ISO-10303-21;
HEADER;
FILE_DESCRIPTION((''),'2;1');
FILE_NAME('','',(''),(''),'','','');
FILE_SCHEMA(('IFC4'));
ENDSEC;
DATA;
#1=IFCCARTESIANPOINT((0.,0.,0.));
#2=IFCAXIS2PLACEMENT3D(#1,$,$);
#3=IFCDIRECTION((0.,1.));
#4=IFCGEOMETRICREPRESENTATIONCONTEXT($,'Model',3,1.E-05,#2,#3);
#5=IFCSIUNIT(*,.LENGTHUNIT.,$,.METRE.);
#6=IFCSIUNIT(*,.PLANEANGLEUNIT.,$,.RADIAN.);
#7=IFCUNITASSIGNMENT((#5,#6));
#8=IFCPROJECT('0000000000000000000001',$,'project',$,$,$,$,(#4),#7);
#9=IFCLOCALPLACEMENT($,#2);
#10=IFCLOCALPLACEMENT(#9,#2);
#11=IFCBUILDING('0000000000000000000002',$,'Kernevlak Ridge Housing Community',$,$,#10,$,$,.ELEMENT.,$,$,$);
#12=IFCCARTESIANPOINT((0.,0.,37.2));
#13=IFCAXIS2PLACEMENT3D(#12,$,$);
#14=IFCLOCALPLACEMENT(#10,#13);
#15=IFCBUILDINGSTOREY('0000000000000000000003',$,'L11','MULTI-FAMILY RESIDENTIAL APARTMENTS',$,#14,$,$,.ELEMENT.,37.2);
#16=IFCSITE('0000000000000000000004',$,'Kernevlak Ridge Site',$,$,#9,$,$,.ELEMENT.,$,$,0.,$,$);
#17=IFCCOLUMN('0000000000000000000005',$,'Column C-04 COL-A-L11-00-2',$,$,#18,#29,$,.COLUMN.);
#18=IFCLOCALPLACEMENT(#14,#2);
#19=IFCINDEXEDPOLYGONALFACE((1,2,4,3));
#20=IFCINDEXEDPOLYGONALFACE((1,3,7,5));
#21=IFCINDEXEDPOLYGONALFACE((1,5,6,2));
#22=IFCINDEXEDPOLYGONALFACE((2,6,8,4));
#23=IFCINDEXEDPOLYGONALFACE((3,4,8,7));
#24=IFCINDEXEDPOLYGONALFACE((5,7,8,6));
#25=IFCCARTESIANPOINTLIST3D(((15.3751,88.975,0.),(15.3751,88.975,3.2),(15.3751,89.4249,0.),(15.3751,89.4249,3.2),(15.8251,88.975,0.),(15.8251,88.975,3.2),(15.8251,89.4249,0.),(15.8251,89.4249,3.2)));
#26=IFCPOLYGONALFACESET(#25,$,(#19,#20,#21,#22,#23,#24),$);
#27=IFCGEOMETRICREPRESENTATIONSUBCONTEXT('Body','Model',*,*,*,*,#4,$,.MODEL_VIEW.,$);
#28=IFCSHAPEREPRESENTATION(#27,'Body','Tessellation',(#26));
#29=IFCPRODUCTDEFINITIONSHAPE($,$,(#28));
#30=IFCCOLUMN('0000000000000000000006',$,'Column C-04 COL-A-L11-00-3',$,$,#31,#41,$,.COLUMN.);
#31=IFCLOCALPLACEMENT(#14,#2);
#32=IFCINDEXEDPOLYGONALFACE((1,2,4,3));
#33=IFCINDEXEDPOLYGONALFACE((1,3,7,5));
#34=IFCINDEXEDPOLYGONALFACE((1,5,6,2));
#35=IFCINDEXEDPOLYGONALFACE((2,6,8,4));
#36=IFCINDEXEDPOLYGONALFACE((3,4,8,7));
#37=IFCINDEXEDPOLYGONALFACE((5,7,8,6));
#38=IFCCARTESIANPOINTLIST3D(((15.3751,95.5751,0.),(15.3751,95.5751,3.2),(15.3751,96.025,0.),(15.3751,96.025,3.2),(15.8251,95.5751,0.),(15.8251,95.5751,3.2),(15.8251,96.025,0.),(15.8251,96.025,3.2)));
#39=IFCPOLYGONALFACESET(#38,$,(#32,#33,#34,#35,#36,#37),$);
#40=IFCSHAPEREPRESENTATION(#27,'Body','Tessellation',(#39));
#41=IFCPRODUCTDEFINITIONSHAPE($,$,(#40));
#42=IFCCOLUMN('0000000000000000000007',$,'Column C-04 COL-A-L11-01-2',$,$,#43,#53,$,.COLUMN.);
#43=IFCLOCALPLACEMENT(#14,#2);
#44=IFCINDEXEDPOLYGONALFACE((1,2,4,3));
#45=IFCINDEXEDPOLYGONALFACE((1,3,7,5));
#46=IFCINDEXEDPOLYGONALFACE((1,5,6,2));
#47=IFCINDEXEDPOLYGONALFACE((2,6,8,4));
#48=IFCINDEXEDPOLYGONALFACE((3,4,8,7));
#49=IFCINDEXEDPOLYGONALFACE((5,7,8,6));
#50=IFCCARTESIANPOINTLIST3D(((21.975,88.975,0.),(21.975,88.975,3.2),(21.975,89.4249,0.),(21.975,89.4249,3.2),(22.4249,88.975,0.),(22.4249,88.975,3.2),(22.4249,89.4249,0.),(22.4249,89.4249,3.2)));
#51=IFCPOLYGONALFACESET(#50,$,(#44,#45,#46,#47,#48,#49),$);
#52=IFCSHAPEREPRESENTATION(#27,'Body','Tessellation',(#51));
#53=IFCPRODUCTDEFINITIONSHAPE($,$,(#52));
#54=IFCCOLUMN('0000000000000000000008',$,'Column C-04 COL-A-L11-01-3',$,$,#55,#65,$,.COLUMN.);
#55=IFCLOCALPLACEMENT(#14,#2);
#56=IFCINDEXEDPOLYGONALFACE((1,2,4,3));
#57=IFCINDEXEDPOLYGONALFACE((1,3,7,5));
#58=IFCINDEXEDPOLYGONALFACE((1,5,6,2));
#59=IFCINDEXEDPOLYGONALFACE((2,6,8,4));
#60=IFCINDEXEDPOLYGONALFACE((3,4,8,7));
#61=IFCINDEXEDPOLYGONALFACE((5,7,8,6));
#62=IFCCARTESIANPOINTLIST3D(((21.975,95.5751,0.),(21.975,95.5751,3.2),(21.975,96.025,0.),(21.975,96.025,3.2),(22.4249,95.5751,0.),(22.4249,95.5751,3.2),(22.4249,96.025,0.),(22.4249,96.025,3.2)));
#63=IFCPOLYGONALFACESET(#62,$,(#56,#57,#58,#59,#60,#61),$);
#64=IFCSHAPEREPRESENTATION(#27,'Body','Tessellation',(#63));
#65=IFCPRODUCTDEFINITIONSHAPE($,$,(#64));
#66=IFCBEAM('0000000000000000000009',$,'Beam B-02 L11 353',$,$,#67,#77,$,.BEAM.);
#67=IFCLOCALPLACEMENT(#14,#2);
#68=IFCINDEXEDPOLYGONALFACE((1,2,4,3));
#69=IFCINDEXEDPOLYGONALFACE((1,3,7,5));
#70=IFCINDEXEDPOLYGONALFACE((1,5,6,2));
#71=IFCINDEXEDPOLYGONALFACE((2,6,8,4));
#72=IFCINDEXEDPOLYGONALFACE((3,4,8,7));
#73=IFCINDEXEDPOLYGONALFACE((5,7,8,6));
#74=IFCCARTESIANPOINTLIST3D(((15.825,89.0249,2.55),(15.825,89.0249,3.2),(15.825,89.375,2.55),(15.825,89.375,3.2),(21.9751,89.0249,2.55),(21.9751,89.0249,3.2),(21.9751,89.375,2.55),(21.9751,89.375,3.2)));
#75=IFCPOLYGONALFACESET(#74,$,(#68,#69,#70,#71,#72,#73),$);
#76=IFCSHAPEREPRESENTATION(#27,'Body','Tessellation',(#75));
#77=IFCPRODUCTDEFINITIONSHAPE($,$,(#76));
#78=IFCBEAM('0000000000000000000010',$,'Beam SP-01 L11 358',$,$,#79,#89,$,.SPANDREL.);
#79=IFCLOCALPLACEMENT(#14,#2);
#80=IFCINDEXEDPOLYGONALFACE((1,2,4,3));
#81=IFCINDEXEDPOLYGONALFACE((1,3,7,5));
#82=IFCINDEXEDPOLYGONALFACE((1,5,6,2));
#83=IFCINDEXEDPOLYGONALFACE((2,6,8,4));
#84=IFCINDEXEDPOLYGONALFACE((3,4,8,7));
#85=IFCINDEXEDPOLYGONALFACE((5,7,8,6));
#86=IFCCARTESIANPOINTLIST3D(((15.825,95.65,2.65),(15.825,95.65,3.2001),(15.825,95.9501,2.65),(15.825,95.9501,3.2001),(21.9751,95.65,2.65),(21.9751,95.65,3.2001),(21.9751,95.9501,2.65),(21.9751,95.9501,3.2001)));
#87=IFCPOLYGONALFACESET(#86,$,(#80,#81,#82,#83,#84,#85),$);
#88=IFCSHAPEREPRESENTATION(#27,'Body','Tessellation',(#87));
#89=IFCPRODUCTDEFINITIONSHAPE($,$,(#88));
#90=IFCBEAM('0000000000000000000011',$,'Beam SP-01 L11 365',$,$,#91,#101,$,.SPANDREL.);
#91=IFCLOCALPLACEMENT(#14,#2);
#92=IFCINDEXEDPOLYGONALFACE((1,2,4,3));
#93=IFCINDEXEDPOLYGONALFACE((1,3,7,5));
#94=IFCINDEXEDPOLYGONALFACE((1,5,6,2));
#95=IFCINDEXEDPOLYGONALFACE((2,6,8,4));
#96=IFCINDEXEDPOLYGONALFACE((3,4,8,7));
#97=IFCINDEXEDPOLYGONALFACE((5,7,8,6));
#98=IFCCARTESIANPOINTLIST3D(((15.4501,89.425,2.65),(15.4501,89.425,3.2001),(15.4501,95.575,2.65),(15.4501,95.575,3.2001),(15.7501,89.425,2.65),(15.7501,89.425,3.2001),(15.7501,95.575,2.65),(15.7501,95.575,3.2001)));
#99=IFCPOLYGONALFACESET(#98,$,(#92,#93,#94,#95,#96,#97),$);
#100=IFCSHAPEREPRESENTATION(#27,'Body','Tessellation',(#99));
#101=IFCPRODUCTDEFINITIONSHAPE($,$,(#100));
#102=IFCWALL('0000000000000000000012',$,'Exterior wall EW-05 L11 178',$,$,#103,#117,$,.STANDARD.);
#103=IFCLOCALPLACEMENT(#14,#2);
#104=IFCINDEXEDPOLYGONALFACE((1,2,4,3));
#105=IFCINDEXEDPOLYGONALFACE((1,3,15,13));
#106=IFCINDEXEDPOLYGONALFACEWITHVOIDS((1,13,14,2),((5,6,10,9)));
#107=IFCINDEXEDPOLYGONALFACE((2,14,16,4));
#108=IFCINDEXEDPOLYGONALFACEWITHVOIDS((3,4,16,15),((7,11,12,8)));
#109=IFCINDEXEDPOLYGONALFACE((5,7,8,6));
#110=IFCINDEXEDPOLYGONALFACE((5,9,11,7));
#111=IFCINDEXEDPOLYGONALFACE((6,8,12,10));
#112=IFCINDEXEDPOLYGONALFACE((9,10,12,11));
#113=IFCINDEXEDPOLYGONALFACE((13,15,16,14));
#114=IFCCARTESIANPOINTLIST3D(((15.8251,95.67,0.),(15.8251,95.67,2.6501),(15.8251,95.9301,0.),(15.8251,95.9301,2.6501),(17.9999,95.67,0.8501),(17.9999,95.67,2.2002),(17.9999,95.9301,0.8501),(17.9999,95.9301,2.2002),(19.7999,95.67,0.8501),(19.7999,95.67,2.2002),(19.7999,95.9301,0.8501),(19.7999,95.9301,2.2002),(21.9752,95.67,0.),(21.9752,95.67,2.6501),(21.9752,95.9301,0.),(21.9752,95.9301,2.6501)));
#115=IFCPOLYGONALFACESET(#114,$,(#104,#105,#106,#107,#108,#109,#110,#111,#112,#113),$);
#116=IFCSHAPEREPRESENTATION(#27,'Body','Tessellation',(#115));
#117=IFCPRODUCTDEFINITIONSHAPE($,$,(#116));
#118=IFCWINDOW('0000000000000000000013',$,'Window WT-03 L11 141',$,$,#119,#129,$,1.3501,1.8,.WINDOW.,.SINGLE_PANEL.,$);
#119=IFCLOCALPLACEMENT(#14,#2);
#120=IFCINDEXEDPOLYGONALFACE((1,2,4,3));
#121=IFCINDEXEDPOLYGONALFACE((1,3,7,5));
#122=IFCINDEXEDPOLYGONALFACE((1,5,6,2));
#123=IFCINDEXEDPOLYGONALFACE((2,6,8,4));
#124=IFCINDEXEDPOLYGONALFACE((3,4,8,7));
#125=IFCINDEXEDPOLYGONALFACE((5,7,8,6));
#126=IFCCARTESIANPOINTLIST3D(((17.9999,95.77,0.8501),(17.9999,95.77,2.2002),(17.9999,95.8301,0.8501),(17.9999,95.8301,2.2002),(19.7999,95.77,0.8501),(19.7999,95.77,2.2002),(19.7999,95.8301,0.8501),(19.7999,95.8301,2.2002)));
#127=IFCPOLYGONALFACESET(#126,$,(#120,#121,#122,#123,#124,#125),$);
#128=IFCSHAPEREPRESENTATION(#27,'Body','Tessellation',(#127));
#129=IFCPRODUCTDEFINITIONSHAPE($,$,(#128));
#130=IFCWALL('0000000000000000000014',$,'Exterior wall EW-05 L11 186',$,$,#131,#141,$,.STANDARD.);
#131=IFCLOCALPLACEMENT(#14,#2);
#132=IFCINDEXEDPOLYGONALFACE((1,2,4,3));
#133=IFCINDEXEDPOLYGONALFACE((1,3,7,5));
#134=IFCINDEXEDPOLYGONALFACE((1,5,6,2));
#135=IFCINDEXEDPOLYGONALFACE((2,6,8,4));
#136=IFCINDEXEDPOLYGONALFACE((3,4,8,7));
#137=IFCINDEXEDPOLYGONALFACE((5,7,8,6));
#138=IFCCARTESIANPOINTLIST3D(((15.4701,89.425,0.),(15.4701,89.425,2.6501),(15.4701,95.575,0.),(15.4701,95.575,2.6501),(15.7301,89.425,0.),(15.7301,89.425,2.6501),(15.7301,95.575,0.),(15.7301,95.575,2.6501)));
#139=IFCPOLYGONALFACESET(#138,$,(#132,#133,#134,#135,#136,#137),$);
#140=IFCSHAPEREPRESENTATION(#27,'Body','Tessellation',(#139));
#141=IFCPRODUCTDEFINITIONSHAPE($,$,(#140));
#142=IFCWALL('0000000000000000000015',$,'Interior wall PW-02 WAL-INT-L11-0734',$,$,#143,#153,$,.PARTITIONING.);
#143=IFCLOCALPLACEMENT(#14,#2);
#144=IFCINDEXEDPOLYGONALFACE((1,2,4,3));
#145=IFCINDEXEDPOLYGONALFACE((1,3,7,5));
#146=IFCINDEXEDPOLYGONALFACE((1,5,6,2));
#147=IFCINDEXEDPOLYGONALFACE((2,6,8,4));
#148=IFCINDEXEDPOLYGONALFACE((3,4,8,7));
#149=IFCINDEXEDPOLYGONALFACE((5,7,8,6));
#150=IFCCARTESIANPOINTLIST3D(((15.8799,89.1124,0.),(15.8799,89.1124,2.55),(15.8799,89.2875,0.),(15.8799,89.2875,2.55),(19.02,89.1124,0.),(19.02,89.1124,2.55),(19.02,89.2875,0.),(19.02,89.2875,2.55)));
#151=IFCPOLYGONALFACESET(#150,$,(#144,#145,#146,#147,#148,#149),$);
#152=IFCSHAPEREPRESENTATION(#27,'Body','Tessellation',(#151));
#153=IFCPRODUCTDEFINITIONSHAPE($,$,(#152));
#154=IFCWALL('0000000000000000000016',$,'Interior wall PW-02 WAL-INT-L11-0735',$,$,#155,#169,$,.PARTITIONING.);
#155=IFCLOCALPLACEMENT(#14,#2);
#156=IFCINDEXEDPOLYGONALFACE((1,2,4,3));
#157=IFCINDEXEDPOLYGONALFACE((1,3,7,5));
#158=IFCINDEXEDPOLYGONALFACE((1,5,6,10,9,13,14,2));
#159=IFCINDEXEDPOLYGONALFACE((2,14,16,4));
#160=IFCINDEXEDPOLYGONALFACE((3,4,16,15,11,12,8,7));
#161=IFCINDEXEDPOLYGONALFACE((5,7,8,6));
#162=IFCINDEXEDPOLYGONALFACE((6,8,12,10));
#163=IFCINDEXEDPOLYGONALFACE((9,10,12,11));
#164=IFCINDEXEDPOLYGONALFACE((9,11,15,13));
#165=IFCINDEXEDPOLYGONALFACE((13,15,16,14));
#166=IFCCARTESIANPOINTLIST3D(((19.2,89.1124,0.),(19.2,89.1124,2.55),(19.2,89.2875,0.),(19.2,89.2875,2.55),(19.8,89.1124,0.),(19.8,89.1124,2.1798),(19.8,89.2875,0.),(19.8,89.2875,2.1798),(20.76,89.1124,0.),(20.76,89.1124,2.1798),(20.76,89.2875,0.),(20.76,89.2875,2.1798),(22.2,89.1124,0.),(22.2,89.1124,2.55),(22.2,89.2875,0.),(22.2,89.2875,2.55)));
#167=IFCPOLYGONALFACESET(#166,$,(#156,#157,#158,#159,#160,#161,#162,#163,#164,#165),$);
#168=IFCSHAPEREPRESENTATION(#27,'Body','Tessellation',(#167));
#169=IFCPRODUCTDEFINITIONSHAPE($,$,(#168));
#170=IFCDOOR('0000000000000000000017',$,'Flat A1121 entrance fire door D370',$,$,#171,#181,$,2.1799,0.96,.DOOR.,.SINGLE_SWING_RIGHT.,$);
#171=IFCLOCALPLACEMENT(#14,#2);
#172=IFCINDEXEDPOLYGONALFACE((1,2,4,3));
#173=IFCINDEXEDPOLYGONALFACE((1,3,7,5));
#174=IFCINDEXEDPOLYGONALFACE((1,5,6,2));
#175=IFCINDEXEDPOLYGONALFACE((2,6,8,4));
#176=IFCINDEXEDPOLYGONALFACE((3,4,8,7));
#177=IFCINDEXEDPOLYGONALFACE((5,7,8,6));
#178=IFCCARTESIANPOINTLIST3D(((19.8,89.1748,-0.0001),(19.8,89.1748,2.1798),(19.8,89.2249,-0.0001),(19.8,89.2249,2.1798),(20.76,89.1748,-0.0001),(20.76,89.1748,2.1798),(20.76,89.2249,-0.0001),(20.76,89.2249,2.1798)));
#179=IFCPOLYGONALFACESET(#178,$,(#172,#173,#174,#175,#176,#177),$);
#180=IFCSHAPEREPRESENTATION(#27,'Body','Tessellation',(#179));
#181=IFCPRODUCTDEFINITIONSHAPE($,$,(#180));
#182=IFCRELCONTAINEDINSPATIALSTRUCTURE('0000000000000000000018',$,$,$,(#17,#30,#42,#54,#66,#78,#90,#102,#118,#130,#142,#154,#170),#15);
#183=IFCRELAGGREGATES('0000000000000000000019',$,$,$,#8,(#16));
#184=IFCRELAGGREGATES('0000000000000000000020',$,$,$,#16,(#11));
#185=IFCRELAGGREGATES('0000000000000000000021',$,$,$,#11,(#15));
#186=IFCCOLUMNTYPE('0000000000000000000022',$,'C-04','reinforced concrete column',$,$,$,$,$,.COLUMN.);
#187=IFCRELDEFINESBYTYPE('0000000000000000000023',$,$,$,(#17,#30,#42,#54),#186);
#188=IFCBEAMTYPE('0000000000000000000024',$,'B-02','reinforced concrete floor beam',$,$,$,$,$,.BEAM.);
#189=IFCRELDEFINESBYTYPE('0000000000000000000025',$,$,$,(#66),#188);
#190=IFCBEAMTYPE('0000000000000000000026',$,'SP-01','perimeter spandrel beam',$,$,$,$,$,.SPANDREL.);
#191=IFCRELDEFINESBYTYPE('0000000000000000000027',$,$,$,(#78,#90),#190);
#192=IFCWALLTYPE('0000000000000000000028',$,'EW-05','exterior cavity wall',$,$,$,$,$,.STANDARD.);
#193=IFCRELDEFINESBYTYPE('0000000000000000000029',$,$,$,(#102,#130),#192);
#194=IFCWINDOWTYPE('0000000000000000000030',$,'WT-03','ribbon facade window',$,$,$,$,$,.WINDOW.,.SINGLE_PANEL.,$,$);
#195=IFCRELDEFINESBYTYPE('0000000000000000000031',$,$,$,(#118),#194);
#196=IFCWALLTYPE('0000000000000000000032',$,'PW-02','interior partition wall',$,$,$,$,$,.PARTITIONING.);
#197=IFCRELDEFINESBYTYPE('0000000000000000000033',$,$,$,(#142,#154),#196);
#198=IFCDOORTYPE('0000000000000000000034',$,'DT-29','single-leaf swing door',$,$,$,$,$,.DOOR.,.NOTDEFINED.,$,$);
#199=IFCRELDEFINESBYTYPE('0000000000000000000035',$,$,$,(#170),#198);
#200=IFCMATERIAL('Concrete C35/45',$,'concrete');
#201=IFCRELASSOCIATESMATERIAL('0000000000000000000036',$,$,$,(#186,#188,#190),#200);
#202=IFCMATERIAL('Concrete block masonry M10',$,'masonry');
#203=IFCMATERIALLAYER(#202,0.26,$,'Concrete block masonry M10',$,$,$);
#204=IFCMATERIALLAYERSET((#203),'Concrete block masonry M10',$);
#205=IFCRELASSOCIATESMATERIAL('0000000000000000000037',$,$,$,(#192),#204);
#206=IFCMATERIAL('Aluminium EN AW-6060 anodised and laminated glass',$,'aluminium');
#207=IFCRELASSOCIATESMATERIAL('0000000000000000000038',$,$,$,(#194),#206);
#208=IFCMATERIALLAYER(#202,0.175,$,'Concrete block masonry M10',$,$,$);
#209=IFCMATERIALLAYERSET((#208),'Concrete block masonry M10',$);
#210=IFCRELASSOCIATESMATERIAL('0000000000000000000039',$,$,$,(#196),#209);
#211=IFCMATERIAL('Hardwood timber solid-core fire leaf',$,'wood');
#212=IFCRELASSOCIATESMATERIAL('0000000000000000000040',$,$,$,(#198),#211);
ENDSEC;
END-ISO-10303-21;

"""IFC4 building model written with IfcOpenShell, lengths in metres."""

from ifc_helpers import new_model, si_unit, direction, frame, frame_2d, origin, origin_2d, place, context, subcontext, project, spatial, rectangle, extrude, material, layer, layer_set, material_profile, profile_set, type_object, element, fill, save


model = new_model("IFC4")

# Units and contexts
model_context = context("Model", 3, precision=1e-05, world=origin(), true_north=direction((0.0, 1.0)))
body_context = subcontext(model_context, "Body", "Model", "MODEL_VIEW")
ifc_project = project(units=[si_unit("LENGTHUNIT", "METRE"), si_unit("PLANEANGLEUNIT", "RADIAN")], contexts=[model_context])

# Site, building, storey
site_placement = place(None, origin())
site = spatial("IfcSite", under=ifc_project, at=site_placement, Name="Kernevlak Ridge Site", CompositionType="ELEMENT", RefElevation=0.0)
building_placement = place(site_placement, origin())
building = spatial("IfcBuilding", under=site, at=building_placement, Name="Kernevlak Ridge Housing Community", CompositionType="ELEMENT")
storey_placement = place(building_placement, frame((0.0, 0.0, 37.2)))
storey = spatial("IfcBuildingStorey", under=building, at=storey_placement, Name="L11", Description="MULTI-FAMILY RESIDENTIAL APARTMENTS", CompositionType="ELEMENT", Elevation=37.2)

# Columns
ifc_material_1 = material(Name="Concrete C35/45", Category="concrete")
ifc_material_profile_1 = material_profile(ifc_material_1, rectangle(XDim=0.45, YDim=0.45, at=origin_2d()), Name="RC 450x450")
ifc_profile_set_1 = profile_set([ifc_material_profile_1], Name="Concrete C35/45")
column_type = type_object("IfcColumnType", Name="C-04", Description="reinforced concrete column", PredefinedType="COLUMN", material=ifc_profile_set_1)
for number, where, z_axis, x_axis, name in (
    (1, (15.6001, 89.2, 0.0), (0.0, 0.0, 1.0), (1.0, 0.0, 0.0), "Column C-04 COL-A-L11-00-2"),
    (2, (15.6001, 95.8, 0.0), (0.0, 0.0, 1.0), (1.0, 0.0, 0.0), "Column C-04 COL-A-L11-00-3"),
    (3, (22.2, 89.2, 0.0), (0.0, 0.0, 1.0), (1.0, 0.0, 0.0), "Column C-04 COL-A-L11-01-2"),
    (4, (22.2, 95.8, 0.0), (0.0, 0.0, 1.0), (1.0, 0.0, 0.0), "Column C-04 COL-A-L11-01-3"),
):
    element("IfcColumn", number, at=place(storey_placement, frame(where, z_axis=z_axis, x_axis=x_axis)), inside=storey, type_object=column_type, Name=name, PredefinedType="COLUMN", context=body_context, shape_type="SweptSolid", body=[
        extrude(rectangle(XDim=0.45, YDim=0.45, at=origin_2d()), origin(), (0.0, 0.0, 1.0), 3.2),
    ])

# Beams
ifc_material_profile_2 = material_profile(ifc_material_1, rectangle(XDim=0.3501, YDim=0.6499, at=origin_2d()), Name="RC 350x650")
ifc_profile_set_2 = profile_set([ifc_material_profile_2], Name="Concrete C35/45")
beam_type_1 = type_object("IfcBeamType", Name="B-02", Description="reinforced concrete floor beam", PredefinedType="BEAM", material=ifc_profile_set_2)
beam_1_placement = place(storey_placement, frame((15.825, 89.2, 2.875), z_axis=(1.0, 0.0, 0.0), x_axis=(0.0, 1.0, 0.0)))
element("IfcBeam", 5, at=beam_1_placement, inside=storey, type_object=beam_type_1, Name="Beam B-02 L11 353", PredefinedType="BEAM", context=body_context, shape_type="SweptSolid", body=[
    extrude(rectangle(XDim=0.3501, YDim=0.6499, at=origin_2d()), origin(), (0.0, 0.0, 1.0), 6.1501),
])
ifc_material_profile_3 = material_profile(ifc_material_1, rectangle(XDim=0.3, YDim=0.55, at=origin_2d()), Name="RC 300x550")
ifc_profile_set_3 = profile_set([ifc_material_profile_3], Name="Concrete C35/45")
beam_type_2 = type_object("IfcBeamType", Name="SP-01", Description="perimeter spandrel beam", PredefinedType="SPANDREL", material=ifc_profile_set_3)
beam_2_placement = place(storey_placement, frame((15.825, 95.8, 2.925), z_axis=(1.0, 0.0, 0.0), x_axis=(0.0, 1.0, 0.0)))
element("IfcBeam", 6, at=beam_2_placement, inside=storey, type_object=beam_type_2, Name="Beam SP-01 L11 358", PredefinedType="SPANDREL", context=body_context, shape_type="SweptSolid", body=[
    extrude(rectangle(XDim=0.3, YDim=0.55, at=origin_2d()), origin(), (0.0, 0.0, 1.0), 6.1501),
])
beam_3_placement = place(storey_placement, frame((15.6001, 89.425, 2.925), z_axis=(0.0, 1.0, 0.0), x_axis=(-1.0, 0.0, 0.0)))
element("IfcBeam", 7, at=beam_3_placement, inside=storey, type_object=beam_type_2, Name="Beam SP-01 L11 365", PredefinedType="SPANDREL", context=body_context, shape_type="SweptSolid", body=[
    extrude(rectangle(XDim=0.3, YDim=0.55, at=origin_2d()), origin(), (0.0, 0.0, 1.0), 6.1499),
])

# Wall, opening, window
ifc_material_2 = material(Name="Concrete block masonry M10", Category="masonry")
ifc_layer_1 = layer(ifc_material_2, 0.26, Name="Concrete block masonry M10")
ifc_layer_set_1 = layer_set([ifc_layer_1], Name="Concrete block masonry M10")
wall_type_1 = type_object("IfcWallType", Name="EW-05", Description="exterior cavity wall", PredefinedType="STANDARD", material=ifc_layer_set_1)
wall_1_placement = place(storey_placement, frame((15.825, 95.8, 0.0), z_axis=(0.0, 0.0, 1.0), x_axis=(1.0, 0.0, 0.0)))
wall_1 = element("IfcWall", 8, at=wall_1_placement, inside=storey, type_object=wall_type_1, Name="Exterior wall EW-05 L11 178", PredefinedType="STANDARD", context=body_context, shape_type="SweptSolid", body=[
    extrude(rectangle(XDim=6.1501, YDim=0.26, at=frame_2d((3.0752, 0.0))), origin(), (0.0, 0.0, 1.0), 2.6501),
])
opening_1_placement = place(wall_1_placement, frame((2.175, 0.0, 0.8501)))
opening_1 = element("IfcOpeningElement", 9, at=opening_1_placement, cuts=wall_1, PredefinedType="OPENING", context=body_context, shape_type="SweptSolid", body=[
    extrude(rectangle(XDim=1.8, YDim=1.3501, at=frame_2d((0.8999, 0.675))), frame((0.0, 0.1399, 0.0), z_axis=(0.0, -1.0, 0.0), x_axis=(1.0, 0.0, 0.0)), (0.0, 0.0, 1.0), 0.28),
])
ifc_material_3 = material(Name="Aluminium EN AW-6060 anodised and laminated glass", Category="aluminium")
window_type = type_object("IfcWindowType", Name="WT-03", Description="ribbon facade window", PartitioningType="SINGLE_PANEL", PredefinedType="WINDOW", material=ifc_material_3)
window_placement = place(opening_1_placement, origin())
window = element("IfcWindow", 10, at=window_placement, inside=storey, type_object=window_type, Name="Window WT-03 L11 141", OverallHeight=1.3501, OverallWidth=1.8, PartitioningType="SINGLE_PANEL", PredefinedType="WINDOW", context=body_context, shape_type="SweptSolid", body=[
    extrude(rectangle(XDim=1.8, YDim=1.3501, at=frame_2d((0.8999, 0.675))), frame((0.0, 0.03, 0.0), z_axis=(0.0, -1.0, 0.0), x_axis=(1.0, 0.0, 0.0)), (0.0, 0.0, 1.0), 0.0601),
])
fill(opening_1, window)

# Walls
wall_2_placement = place(storey_placement, frame((15.6001, 89.425, 0.0), z_axis=(0.0, 0.0, 1.0), x_axis=(0.0, 1.0, 0.0)))
element("IfcWall", 11, at=wall_2_placement, inside=storey, type_object=wall_type_1, Name="Exterior wall EW-05 L11 186", PredefinedType="STANDARD", context=body_context, shape_type="SweptSolid", body=[
    extrude(rectangle(XDim=6.1499, YDim=0.26, at=frame_2d((3.075, 0.0))), origin(), (0.0, 0.0, 1.0), 2.6501),
])
ifc_layer_2 = layer(ifc_material_2, 0.175, Name="Concrete block masonry M10")
ifc_layer_set_2 = layer_set([ifc_layer_2], Name="Concrete block masonry M10")
wall_type_2 = type_object("IfcWallType", Name="PW-02", Description="interior partition wall", PredefinedType="PARTITIONING", material=ifc_layer_set_2)
wall_3_placement = place(storey_placement, frame((15.8799, 89.2, 0.0), z_axis=(0.0, 0.0, 1.0), x_axis=(1.0, 0.0, 0.0)))
element("IfcWall", 12, at=wall_3_placement, inside=storey, type_object=wall_type_2, Name="Interior wall PW-02 WAL-INT-L11-0734", PredefinedType="PARTITIONING", context=body_context, shape_type="SweptSolid", body=[
    extrude(rectangle(XDim=3.1401, YDim=0.175, at=frame_2d((1.5701, 0.0))), origin(), (0.0, 0.0, 1.0), 2.55),
])

# Wall, opening, door
wall_4_placement = place(storey_placement, frame((19.2, 89.2, 0.0), z_axis=(0.0, 0.0, 1.0), x_axis=(1.0, 0.0, 0.0)))
wall_4 = element("IfcWall", 13, at=wall_4_placement, inside=storey, type_object=wall_type_2, Name="Interior wall PW-02 WAL-INT-L11-0735", PredefinedType="PARTITIONING", context=body_context, shape_type="SweptSolid", body=[
    extrude(rectangle(XDim=3.0, YDim=0.175, at=frame_2d((1.5, 0.0))), origin(), (0.0, 0.0, 1.0), 2.55),
])
opening_2_placement = place(wall_4_placement, frame((0.6001, 0.0, 0.0)))
opening_2 = element("IfcOpeningElement", 14, at=opening_2_placement, cuts=wall_4, PredefinedType="OPENING", context=body_context, shape_type="SweptSolid", body=[
    extrude(rectangle(XDim=0.96, YDim=2.1799, at=frame_2d((0.48, 1.0898))), frame((0.0, 0.0974, 0.0), z_axis=(0.0, -1.0, 0.0), x_axis=(1.0, 0.0, 0.0)), (0.0, 0.0, 1.0), 0.1951),
])
ifc_material_4 = material(Name="Hardwood timber solid-core fire leaf", Category="wood")
door_type_1 = type_object("IfcDoorType", Name="DT-29", Description="single-leaf swing door", OperationType="NOTDEFINED", PredefinedType="DOOR", material=ifc_material_4)
door_1_placement = place(opening_2_placement, origin())
door_1 = element("IfcDoor", 15, at=door_1_placement, inside=storey, type_object=door_type_1, Name="Flat A1121 entrance fire door D370", OperationType="SINGLE_SWING_RIGHT", OverallHeight=2.1799, OverallWidth=0.96, PredefinedType="DOOR", context=body_context, shape_type="SweptSolid", body=[
    extrude(rectangle(XDim=0.96, YDim=2.1799, at=frame_2d((0.48, 1.0898))), frame((0.0, 0.0249, 0.0), z_axis=(0.0, -1.0, 0.0), x_axis=(1.0, 0.0, 0.0)), (0.0, 0.0, 1.0), 0.05),
])
fill(opening_2, door_1)

save(model, "model.ifc")
